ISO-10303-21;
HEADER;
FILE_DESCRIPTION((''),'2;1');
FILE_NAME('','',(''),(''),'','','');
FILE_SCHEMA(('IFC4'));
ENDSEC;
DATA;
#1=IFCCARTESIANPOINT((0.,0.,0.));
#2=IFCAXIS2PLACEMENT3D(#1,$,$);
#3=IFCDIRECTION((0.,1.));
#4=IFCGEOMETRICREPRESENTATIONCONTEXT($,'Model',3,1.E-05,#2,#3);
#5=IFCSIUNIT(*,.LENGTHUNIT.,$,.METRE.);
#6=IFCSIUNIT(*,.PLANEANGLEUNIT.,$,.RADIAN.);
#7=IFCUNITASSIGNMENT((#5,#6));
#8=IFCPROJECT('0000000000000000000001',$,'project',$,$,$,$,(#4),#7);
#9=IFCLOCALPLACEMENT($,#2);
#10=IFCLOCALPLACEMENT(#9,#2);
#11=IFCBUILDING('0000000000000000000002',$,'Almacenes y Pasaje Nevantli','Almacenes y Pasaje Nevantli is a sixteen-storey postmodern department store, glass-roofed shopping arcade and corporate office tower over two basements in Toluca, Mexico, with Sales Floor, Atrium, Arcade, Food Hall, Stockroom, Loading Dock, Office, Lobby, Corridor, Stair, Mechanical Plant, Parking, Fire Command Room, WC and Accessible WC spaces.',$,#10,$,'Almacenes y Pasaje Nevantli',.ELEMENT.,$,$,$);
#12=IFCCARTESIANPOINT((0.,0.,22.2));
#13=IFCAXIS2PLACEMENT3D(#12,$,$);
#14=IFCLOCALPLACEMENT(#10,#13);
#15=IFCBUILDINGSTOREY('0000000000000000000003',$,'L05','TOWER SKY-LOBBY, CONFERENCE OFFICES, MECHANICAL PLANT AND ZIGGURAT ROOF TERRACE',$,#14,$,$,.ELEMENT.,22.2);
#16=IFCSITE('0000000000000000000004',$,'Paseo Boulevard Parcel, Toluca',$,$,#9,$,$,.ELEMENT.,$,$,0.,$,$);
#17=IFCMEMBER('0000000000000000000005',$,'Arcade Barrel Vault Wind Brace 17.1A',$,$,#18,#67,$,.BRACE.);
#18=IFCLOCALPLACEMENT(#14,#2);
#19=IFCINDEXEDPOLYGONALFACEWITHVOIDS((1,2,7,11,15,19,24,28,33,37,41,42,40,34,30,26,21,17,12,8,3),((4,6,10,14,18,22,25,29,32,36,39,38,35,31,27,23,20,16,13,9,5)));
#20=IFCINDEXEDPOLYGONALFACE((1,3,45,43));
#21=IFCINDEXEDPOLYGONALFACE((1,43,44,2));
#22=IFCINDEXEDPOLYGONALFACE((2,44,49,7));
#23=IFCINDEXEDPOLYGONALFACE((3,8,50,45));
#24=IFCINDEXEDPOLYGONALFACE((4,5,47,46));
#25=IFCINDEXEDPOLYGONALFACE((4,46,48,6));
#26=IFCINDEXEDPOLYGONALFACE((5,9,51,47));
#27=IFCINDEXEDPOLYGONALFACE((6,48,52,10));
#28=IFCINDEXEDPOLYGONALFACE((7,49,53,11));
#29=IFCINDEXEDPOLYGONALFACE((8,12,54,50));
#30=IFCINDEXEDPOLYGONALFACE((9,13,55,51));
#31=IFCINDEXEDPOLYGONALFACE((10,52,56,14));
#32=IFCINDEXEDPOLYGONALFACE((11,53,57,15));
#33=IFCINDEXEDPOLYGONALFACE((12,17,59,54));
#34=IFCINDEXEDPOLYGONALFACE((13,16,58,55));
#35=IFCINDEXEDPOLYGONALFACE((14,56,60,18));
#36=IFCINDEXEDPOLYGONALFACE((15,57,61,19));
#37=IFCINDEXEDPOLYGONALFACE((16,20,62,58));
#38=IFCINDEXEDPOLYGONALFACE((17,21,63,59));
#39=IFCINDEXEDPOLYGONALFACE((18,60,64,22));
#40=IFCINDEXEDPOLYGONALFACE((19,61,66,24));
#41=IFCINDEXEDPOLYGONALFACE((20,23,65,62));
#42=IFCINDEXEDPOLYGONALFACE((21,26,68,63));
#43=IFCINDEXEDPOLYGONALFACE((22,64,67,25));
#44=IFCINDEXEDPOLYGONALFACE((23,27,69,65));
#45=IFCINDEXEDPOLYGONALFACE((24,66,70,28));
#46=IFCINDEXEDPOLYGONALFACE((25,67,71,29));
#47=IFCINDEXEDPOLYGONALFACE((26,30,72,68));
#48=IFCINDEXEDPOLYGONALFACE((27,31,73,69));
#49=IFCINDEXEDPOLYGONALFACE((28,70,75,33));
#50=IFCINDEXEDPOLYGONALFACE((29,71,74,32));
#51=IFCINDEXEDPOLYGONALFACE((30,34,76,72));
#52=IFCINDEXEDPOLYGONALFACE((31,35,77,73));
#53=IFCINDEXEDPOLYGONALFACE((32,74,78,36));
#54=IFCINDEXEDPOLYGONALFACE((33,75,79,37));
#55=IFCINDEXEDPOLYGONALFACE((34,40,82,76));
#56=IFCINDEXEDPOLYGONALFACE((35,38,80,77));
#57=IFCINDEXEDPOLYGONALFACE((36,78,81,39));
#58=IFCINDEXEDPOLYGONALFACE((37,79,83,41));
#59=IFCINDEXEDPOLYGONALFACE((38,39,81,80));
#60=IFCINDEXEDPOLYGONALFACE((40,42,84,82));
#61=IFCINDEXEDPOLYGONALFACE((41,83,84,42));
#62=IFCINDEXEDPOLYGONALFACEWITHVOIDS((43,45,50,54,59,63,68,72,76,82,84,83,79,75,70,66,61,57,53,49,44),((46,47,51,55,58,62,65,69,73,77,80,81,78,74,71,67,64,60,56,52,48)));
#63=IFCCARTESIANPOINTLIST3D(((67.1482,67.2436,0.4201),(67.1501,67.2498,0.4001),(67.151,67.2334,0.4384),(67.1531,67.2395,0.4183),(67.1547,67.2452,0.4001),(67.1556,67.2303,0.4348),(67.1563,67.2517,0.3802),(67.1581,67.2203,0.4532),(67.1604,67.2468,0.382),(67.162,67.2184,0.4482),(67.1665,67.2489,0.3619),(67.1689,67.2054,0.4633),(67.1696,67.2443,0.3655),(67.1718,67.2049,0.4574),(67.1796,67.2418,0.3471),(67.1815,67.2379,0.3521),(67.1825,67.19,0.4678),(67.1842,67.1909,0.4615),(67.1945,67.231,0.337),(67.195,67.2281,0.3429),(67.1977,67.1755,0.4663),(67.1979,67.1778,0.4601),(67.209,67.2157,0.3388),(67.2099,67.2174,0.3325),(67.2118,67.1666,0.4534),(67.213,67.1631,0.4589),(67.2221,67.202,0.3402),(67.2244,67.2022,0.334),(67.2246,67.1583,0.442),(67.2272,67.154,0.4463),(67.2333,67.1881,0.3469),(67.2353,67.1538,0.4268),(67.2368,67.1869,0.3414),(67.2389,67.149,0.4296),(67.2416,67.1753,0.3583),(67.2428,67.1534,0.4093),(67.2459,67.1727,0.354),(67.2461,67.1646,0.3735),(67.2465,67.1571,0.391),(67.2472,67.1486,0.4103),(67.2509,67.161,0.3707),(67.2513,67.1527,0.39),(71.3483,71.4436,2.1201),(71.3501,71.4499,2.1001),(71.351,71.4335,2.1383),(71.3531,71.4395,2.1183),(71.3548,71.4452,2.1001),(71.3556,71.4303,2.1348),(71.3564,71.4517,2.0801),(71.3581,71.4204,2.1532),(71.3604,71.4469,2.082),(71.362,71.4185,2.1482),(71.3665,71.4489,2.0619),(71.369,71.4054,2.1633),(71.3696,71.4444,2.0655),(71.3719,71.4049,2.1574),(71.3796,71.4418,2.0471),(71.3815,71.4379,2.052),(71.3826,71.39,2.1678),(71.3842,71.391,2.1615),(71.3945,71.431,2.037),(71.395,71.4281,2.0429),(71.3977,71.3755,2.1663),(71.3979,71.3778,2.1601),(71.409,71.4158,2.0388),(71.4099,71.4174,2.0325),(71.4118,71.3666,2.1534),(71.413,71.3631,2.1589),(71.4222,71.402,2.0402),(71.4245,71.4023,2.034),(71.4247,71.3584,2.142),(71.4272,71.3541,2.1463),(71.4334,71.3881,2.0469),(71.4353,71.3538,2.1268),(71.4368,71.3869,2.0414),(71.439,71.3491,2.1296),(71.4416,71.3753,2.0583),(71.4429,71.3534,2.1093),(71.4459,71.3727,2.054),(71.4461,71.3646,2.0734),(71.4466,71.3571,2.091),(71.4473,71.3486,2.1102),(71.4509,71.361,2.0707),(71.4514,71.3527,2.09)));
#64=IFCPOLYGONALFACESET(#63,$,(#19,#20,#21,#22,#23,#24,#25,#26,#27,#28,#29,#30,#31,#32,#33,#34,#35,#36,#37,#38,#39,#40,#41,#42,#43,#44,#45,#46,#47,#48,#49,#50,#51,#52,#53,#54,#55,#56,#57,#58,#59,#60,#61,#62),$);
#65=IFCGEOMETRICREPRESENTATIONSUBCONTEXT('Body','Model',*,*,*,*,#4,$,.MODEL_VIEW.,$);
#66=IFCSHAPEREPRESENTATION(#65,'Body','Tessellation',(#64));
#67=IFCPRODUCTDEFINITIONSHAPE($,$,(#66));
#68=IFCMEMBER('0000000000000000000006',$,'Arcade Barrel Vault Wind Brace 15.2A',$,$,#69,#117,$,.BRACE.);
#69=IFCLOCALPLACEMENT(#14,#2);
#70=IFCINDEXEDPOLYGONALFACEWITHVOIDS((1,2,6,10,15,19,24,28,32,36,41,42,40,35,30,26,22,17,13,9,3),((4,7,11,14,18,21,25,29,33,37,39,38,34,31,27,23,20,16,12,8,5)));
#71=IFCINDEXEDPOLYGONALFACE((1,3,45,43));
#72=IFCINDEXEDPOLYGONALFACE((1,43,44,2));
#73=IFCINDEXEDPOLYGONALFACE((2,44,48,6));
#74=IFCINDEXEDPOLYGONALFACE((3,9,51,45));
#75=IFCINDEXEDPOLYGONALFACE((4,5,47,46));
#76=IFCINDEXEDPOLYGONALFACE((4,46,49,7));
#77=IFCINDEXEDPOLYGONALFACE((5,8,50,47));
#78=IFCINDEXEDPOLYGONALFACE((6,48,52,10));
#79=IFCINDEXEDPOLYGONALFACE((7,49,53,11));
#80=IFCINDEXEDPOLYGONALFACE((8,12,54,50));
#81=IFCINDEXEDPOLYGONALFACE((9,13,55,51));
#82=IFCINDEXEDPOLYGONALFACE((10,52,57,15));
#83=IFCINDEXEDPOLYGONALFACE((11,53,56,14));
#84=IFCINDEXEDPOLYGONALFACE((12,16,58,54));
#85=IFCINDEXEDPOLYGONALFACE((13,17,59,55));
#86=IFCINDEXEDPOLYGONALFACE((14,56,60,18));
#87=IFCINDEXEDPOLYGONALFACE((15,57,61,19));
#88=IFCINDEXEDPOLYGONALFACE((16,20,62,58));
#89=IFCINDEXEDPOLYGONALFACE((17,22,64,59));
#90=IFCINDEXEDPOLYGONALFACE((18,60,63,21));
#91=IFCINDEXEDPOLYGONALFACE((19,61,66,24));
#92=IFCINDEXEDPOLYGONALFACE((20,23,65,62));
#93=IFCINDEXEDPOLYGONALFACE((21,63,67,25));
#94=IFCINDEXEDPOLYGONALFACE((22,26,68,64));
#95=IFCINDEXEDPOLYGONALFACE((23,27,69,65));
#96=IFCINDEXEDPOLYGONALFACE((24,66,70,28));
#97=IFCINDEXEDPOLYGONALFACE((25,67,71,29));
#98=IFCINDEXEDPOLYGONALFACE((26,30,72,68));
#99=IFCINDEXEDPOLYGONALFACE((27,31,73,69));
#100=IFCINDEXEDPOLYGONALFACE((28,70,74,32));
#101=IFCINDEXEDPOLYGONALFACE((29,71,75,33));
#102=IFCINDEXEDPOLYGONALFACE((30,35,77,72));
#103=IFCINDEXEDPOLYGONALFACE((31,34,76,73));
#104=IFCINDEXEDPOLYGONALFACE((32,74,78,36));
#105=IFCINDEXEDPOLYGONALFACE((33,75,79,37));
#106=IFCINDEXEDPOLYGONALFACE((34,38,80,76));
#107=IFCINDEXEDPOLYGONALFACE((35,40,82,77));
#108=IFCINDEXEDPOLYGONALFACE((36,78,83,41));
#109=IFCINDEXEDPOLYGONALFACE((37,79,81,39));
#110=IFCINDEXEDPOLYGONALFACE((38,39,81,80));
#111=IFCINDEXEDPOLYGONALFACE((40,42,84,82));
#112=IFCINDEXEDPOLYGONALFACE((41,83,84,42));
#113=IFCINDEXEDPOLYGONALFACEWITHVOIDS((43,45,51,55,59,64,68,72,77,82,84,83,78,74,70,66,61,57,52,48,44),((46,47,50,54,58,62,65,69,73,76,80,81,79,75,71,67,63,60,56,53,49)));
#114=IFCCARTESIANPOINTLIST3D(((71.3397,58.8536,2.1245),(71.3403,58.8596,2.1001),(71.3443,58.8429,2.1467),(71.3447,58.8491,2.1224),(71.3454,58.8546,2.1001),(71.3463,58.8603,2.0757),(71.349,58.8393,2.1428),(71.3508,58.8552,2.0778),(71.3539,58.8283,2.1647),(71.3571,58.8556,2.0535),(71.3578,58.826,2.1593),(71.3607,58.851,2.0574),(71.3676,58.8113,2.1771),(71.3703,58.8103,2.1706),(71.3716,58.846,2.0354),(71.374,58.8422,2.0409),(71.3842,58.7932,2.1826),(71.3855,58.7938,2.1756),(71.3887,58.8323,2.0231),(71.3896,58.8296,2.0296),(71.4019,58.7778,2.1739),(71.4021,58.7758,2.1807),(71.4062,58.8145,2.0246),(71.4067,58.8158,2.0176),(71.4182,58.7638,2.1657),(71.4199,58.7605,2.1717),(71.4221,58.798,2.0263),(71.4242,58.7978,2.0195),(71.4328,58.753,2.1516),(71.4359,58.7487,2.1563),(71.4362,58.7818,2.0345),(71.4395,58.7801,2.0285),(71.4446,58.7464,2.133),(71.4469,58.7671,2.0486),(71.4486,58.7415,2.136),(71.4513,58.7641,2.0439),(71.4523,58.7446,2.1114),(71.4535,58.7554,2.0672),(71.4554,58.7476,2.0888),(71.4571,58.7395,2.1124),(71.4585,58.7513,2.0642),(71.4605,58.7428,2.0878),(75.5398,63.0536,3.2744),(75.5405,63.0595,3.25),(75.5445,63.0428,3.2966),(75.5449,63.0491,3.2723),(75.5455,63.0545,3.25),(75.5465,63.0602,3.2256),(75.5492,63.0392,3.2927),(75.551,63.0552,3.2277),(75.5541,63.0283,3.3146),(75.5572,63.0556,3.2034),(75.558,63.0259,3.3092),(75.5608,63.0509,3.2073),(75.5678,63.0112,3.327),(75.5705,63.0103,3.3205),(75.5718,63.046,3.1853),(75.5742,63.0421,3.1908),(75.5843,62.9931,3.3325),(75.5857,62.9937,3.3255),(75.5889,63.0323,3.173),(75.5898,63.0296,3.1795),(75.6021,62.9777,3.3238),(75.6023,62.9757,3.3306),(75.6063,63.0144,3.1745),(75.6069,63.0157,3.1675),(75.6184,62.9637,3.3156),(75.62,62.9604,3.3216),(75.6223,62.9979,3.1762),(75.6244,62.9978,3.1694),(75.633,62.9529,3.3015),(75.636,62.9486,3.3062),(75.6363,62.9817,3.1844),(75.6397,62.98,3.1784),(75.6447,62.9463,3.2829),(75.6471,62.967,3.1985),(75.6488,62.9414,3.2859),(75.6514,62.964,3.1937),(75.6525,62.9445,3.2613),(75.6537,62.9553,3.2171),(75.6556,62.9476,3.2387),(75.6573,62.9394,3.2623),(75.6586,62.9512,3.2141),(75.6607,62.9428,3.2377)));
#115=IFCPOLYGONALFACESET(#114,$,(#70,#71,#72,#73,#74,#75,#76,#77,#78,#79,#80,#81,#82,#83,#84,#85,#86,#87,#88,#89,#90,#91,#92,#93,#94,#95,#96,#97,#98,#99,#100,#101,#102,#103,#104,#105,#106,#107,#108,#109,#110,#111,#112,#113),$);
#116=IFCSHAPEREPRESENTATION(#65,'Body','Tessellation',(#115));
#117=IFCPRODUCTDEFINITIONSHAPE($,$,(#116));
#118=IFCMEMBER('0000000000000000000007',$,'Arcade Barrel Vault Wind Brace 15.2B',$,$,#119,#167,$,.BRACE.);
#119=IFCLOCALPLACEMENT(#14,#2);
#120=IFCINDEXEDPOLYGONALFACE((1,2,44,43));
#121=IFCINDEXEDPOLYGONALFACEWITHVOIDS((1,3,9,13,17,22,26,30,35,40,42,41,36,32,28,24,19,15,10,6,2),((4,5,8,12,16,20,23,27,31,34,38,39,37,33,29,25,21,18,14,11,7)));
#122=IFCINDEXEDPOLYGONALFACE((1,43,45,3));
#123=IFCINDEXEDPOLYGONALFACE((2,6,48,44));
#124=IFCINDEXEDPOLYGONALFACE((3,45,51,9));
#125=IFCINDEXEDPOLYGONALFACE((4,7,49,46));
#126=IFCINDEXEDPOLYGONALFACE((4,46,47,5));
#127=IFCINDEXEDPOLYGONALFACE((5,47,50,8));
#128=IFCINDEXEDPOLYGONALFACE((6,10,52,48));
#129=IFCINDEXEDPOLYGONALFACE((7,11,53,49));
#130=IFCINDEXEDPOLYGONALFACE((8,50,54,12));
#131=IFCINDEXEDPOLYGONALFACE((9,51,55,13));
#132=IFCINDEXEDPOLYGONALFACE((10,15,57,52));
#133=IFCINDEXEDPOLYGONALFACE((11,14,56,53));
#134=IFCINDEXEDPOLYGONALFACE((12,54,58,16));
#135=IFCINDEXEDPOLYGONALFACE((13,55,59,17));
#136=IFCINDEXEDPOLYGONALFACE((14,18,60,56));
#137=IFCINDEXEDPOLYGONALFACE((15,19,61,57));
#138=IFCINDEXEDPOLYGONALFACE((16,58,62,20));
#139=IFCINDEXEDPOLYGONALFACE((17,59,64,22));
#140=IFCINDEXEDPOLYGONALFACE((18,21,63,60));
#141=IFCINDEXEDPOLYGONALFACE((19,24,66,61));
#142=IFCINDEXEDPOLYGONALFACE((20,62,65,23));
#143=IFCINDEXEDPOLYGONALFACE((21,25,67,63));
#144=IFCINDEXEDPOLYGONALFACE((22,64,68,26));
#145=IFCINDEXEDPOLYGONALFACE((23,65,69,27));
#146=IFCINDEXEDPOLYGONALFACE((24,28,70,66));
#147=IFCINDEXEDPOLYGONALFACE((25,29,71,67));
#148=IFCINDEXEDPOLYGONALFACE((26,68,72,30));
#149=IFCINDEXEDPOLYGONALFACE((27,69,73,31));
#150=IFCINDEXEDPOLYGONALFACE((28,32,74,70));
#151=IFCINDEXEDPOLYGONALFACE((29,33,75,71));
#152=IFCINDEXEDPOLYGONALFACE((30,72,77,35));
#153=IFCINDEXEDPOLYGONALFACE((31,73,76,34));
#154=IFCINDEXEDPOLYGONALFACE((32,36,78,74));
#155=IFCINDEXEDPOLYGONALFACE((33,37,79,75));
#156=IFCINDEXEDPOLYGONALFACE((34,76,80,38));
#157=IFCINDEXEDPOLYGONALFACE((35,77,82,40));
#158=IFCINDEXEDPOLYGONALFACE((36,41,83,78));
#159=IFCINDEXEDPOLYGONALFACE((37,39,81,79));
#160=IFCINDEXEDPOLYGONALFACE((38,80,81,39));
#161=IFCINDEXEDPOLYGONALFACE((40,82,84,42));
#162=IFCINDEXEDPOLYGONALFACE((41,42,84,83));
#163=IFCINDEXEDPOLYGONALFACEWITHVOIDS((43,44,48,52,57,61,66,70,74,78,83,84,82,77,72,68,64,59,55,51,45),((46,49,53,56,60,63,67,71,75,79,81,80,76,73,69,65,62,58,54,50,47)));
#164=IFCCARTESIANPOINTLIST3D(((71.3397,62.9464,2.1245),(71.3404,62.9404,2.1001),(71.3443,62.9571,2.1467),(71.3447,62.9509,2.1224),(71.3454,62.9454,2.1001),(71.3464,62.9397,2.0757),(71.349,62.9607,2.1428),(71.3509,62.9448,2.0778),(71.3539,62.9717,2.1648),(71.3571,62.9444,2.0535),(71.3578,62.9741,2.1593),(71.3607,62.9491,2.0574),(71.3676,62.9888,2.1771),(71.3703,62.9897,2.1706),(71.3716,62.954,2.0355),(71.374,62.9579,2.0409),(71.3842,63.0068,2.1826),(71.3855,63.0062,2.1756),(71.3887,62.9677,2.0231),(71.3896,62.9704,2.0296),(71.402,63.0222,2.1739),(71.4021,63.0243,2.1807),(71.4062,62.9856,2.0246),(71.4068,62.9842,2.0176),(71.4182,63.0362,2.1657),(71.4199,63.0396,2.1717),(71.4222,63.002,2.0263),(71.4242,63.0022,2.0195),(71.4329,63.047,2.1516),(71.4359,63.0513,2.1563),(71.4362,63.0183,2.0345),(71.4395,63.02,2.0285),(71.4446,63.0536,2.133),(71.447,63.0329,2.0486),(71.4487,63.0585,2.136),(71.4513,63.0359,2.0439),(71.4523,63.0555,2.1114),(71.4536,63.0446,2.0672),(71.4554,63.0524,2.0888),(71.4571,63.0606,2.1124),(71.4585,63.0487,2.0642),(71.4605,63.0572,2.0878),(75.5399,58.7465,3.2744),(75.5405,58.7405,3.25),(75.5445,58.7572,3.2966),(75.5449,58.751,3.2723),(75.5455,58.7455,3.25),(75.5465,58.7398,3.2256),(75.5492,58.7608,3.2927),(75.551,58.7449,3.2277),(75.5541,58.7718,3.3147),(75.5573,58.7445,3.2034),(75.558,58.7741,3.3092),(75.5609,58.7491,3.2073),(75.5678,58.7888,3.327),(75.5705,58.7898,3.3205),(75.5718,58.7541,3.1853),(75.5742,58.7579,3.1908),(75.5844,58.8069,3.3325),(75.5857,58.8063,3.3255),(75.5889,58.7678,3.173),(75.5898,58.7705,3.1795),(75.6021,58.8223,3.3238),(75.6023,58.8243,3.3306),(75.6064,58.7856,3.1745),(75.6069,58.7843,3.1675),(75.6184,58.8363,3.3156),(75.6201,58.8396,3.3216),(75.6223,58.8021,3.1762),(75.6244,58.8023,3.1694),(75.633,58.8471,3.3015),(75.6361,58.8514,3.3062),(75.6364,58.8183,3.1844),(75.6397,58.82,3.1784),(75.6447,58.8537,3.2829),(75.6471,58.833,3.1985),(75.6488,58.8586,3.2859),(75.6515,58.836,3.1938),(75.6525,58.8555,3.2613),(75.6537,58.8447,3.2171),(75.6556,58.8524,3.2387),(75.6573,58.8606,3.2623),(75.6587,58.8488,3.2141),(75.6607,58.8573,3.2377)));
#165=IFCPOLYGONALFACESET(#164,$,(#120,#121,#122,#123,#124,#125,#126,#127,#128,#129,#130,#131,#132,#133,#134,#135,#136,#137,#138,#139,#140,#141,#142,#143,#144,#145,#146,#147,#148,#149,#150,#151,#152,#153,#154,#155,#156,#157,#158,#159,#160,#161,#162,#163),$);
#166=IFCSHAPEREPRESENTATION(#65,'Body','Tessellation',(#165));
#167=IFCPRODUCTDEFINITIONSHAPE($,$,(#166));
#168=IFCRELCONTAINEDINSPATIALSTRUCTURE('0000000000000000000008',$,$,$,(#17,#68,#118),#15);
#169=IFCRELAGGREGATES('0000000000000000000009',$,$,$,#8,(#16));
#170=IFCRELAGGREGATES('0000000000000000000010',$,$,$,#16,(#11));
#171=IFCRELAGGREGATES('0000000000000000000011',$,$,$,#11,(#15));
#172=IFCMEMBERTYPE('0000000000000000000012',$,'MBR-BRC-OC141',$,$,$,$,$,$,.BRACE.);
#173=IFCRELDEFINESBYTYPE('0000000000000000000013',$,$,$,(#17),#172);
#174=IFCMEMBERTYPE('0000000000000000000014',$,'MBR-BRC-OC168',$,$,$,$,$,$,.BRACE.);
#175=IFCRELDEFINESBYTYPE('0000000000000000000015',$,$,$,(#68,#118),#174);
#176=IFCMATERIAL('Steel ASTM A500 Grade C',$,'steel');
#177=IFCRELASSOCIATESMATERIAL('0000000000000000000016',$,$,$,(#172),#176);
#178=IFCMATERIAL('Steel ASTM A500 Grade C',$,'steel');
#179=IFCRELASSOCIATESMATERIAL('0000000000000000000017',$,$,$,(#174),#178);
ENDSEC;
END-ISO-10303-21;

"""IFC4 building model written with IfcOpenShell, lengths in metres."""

from ifc_helpers import new_model, si_unit, direction, frame, origin, origin_2d, place, context, subcontext, project, spatial, hollow_circle, extrude, material, material_profile, profile_set, type_object, element, save


model = new_model("IFC4")

# Units and contexts
model_context = context("Model", 3, precision=1e-05, world=origin(), true_north=direction((0.0, 1.0)))
body_context = subcontext(model_context, "Body", "Model", "MODEL_VIEW")
ifc_project = project(units=[si_unit("LENGTHUNIT", "METRE"), si_unit("PLANEANGLEUNIT", "RADIAN")], contexts=[model_context])

# Site, building, storey
site_placement = place(None, origin())
site = spatial("IfcSite", under=ifc_project, at=site_placement, Name="Paseo Boulevard Parcel, Toluca", CompositionType="ELEMENT", RefElevation=0.0)
building_placement = place(site_placement, origin())
building = spatial("IfcBuilding", under=site, at=building_placement, Name="Almacenes y Pasaje Nevantli", Description="Almacenes y Pasaje Nevantli is a sixteen-storey postmodern department store, glass-roofed shopping arcade and corporate office tower over two basements in Toluca, Mexico, with Sales Floor, Atrium, Arcade, Food Hall, Stockroom, Loading Dock, Office, Lobby, Corridor, Stair, Mechanical Plant, Parking, Fire Command Room, WC and Accessible WC spaces.", LongName="Almacenes y Pasaje Nevantli", CompositionType="ELEMENT")
storey_placement = place(building_placement, frame((0.0, 0.0, 22.2)))
storey = spatial("IfcBuildingStorey", under=building, at=storey_placement, Name="L05", Description="TOWER SKY-LOBBY, CONFERENCE OFFICES, MECHANICAL PLANT AND ZIGGURAT ROOF TERRACE", CompositionType="ELEMENT", Elevation=22.2)

# Members
ifc_material_1 = material(Name="Steel ASTM A500 Grade C", Category="steel")
ifc_material_profile_1 = material_profile(ifc_material_1, hollow_circle(Radius=0.0706, WallThickness=0.0066, at=origin_2d()), Name="OC 141x6.6")
ifc_profile_set_1 = profile_set([ifc_material_profile_1], Name="Steel ASTM A500 Grade C")
member_type_1 = type_object("IfcMemberType", Name="MBR-BRC-OC141", PredefinedType="BRACE", material=ifc_profile_set_1)
for number, where, z_axis, x_axis, name in (
    (1, (67.2, 67.2, 0.4001), (0.679812, 0.679812, 0.275157), (-0.707107, 0.707107, 0.0), "Arcade Barrel Vault Wind Brace 17.1A"),
):
    element("IfcMember", number, at=place(storey_placement, frame(where, z_axis=z_axis, x_axis=x_axis)), inside=storey, type_object=member_type_1, Name=name, PredefinedType="BRACE", context=body_context, shape_type="SweptSolid", body=[
        extrude(hollow_circle(Radius=0.0706, WallThickness=0.0066, at=origin_2d()), origin(), (0.0, 0.0, 1.0), 6.1782),
    ])
ifc_material_2 = material(Name="Steel ASTM A500 Grade C", Category="steel")
ifc_material_profile_2 = material_profile(ifc_material_2, hollow_circle(Radius=0.0842, WallThickness=0.0071, at=origin_2d()), Name="OC 168x7.1")
ifc_profile_set_2 = profile_set([ifc_material_profile_2], Name="Steel ASTM A500 Grade C")
member_type_2 = type_object("IfcMemberType", Name="MBR-BRC-OC168", PredefinedType="BRACE", material=ifc_profile_set_2)
for number, where, z_axis, x_axis, name in (
    (2, (71.3999, 58.8, 2.1001), (0.694238, 0.694197, 0.190064), (-0.707086, 0.707127, 0.0), "Arcade Barrel Vault Wind Brace 15.2A"),
    (3, (75.6001, 58.8, 3.25), (-0.694238, 0.694197, -0.190064), (-0.707086, -0.707127, 0.0), "Arcade Barrel Vault Wind Brace 15.2B"),
):
    element("IfcMember", number, at=place(storey_placement, frame(where, z_axis=z_axis, x_axis=x_axis)), inside=storey, type_object=member_type_2, Name=name, PredefinedType="BRACE", context=body_context, shape_type="SweptSolid", body=[
        extrude(hollow_circle(Radius=0.0842, WallThickness=0.0071, at=origin_2d()), origin(), (0.0, 0.0, 1.0), 6.05),
    ])

save(model, "model.ifc")
